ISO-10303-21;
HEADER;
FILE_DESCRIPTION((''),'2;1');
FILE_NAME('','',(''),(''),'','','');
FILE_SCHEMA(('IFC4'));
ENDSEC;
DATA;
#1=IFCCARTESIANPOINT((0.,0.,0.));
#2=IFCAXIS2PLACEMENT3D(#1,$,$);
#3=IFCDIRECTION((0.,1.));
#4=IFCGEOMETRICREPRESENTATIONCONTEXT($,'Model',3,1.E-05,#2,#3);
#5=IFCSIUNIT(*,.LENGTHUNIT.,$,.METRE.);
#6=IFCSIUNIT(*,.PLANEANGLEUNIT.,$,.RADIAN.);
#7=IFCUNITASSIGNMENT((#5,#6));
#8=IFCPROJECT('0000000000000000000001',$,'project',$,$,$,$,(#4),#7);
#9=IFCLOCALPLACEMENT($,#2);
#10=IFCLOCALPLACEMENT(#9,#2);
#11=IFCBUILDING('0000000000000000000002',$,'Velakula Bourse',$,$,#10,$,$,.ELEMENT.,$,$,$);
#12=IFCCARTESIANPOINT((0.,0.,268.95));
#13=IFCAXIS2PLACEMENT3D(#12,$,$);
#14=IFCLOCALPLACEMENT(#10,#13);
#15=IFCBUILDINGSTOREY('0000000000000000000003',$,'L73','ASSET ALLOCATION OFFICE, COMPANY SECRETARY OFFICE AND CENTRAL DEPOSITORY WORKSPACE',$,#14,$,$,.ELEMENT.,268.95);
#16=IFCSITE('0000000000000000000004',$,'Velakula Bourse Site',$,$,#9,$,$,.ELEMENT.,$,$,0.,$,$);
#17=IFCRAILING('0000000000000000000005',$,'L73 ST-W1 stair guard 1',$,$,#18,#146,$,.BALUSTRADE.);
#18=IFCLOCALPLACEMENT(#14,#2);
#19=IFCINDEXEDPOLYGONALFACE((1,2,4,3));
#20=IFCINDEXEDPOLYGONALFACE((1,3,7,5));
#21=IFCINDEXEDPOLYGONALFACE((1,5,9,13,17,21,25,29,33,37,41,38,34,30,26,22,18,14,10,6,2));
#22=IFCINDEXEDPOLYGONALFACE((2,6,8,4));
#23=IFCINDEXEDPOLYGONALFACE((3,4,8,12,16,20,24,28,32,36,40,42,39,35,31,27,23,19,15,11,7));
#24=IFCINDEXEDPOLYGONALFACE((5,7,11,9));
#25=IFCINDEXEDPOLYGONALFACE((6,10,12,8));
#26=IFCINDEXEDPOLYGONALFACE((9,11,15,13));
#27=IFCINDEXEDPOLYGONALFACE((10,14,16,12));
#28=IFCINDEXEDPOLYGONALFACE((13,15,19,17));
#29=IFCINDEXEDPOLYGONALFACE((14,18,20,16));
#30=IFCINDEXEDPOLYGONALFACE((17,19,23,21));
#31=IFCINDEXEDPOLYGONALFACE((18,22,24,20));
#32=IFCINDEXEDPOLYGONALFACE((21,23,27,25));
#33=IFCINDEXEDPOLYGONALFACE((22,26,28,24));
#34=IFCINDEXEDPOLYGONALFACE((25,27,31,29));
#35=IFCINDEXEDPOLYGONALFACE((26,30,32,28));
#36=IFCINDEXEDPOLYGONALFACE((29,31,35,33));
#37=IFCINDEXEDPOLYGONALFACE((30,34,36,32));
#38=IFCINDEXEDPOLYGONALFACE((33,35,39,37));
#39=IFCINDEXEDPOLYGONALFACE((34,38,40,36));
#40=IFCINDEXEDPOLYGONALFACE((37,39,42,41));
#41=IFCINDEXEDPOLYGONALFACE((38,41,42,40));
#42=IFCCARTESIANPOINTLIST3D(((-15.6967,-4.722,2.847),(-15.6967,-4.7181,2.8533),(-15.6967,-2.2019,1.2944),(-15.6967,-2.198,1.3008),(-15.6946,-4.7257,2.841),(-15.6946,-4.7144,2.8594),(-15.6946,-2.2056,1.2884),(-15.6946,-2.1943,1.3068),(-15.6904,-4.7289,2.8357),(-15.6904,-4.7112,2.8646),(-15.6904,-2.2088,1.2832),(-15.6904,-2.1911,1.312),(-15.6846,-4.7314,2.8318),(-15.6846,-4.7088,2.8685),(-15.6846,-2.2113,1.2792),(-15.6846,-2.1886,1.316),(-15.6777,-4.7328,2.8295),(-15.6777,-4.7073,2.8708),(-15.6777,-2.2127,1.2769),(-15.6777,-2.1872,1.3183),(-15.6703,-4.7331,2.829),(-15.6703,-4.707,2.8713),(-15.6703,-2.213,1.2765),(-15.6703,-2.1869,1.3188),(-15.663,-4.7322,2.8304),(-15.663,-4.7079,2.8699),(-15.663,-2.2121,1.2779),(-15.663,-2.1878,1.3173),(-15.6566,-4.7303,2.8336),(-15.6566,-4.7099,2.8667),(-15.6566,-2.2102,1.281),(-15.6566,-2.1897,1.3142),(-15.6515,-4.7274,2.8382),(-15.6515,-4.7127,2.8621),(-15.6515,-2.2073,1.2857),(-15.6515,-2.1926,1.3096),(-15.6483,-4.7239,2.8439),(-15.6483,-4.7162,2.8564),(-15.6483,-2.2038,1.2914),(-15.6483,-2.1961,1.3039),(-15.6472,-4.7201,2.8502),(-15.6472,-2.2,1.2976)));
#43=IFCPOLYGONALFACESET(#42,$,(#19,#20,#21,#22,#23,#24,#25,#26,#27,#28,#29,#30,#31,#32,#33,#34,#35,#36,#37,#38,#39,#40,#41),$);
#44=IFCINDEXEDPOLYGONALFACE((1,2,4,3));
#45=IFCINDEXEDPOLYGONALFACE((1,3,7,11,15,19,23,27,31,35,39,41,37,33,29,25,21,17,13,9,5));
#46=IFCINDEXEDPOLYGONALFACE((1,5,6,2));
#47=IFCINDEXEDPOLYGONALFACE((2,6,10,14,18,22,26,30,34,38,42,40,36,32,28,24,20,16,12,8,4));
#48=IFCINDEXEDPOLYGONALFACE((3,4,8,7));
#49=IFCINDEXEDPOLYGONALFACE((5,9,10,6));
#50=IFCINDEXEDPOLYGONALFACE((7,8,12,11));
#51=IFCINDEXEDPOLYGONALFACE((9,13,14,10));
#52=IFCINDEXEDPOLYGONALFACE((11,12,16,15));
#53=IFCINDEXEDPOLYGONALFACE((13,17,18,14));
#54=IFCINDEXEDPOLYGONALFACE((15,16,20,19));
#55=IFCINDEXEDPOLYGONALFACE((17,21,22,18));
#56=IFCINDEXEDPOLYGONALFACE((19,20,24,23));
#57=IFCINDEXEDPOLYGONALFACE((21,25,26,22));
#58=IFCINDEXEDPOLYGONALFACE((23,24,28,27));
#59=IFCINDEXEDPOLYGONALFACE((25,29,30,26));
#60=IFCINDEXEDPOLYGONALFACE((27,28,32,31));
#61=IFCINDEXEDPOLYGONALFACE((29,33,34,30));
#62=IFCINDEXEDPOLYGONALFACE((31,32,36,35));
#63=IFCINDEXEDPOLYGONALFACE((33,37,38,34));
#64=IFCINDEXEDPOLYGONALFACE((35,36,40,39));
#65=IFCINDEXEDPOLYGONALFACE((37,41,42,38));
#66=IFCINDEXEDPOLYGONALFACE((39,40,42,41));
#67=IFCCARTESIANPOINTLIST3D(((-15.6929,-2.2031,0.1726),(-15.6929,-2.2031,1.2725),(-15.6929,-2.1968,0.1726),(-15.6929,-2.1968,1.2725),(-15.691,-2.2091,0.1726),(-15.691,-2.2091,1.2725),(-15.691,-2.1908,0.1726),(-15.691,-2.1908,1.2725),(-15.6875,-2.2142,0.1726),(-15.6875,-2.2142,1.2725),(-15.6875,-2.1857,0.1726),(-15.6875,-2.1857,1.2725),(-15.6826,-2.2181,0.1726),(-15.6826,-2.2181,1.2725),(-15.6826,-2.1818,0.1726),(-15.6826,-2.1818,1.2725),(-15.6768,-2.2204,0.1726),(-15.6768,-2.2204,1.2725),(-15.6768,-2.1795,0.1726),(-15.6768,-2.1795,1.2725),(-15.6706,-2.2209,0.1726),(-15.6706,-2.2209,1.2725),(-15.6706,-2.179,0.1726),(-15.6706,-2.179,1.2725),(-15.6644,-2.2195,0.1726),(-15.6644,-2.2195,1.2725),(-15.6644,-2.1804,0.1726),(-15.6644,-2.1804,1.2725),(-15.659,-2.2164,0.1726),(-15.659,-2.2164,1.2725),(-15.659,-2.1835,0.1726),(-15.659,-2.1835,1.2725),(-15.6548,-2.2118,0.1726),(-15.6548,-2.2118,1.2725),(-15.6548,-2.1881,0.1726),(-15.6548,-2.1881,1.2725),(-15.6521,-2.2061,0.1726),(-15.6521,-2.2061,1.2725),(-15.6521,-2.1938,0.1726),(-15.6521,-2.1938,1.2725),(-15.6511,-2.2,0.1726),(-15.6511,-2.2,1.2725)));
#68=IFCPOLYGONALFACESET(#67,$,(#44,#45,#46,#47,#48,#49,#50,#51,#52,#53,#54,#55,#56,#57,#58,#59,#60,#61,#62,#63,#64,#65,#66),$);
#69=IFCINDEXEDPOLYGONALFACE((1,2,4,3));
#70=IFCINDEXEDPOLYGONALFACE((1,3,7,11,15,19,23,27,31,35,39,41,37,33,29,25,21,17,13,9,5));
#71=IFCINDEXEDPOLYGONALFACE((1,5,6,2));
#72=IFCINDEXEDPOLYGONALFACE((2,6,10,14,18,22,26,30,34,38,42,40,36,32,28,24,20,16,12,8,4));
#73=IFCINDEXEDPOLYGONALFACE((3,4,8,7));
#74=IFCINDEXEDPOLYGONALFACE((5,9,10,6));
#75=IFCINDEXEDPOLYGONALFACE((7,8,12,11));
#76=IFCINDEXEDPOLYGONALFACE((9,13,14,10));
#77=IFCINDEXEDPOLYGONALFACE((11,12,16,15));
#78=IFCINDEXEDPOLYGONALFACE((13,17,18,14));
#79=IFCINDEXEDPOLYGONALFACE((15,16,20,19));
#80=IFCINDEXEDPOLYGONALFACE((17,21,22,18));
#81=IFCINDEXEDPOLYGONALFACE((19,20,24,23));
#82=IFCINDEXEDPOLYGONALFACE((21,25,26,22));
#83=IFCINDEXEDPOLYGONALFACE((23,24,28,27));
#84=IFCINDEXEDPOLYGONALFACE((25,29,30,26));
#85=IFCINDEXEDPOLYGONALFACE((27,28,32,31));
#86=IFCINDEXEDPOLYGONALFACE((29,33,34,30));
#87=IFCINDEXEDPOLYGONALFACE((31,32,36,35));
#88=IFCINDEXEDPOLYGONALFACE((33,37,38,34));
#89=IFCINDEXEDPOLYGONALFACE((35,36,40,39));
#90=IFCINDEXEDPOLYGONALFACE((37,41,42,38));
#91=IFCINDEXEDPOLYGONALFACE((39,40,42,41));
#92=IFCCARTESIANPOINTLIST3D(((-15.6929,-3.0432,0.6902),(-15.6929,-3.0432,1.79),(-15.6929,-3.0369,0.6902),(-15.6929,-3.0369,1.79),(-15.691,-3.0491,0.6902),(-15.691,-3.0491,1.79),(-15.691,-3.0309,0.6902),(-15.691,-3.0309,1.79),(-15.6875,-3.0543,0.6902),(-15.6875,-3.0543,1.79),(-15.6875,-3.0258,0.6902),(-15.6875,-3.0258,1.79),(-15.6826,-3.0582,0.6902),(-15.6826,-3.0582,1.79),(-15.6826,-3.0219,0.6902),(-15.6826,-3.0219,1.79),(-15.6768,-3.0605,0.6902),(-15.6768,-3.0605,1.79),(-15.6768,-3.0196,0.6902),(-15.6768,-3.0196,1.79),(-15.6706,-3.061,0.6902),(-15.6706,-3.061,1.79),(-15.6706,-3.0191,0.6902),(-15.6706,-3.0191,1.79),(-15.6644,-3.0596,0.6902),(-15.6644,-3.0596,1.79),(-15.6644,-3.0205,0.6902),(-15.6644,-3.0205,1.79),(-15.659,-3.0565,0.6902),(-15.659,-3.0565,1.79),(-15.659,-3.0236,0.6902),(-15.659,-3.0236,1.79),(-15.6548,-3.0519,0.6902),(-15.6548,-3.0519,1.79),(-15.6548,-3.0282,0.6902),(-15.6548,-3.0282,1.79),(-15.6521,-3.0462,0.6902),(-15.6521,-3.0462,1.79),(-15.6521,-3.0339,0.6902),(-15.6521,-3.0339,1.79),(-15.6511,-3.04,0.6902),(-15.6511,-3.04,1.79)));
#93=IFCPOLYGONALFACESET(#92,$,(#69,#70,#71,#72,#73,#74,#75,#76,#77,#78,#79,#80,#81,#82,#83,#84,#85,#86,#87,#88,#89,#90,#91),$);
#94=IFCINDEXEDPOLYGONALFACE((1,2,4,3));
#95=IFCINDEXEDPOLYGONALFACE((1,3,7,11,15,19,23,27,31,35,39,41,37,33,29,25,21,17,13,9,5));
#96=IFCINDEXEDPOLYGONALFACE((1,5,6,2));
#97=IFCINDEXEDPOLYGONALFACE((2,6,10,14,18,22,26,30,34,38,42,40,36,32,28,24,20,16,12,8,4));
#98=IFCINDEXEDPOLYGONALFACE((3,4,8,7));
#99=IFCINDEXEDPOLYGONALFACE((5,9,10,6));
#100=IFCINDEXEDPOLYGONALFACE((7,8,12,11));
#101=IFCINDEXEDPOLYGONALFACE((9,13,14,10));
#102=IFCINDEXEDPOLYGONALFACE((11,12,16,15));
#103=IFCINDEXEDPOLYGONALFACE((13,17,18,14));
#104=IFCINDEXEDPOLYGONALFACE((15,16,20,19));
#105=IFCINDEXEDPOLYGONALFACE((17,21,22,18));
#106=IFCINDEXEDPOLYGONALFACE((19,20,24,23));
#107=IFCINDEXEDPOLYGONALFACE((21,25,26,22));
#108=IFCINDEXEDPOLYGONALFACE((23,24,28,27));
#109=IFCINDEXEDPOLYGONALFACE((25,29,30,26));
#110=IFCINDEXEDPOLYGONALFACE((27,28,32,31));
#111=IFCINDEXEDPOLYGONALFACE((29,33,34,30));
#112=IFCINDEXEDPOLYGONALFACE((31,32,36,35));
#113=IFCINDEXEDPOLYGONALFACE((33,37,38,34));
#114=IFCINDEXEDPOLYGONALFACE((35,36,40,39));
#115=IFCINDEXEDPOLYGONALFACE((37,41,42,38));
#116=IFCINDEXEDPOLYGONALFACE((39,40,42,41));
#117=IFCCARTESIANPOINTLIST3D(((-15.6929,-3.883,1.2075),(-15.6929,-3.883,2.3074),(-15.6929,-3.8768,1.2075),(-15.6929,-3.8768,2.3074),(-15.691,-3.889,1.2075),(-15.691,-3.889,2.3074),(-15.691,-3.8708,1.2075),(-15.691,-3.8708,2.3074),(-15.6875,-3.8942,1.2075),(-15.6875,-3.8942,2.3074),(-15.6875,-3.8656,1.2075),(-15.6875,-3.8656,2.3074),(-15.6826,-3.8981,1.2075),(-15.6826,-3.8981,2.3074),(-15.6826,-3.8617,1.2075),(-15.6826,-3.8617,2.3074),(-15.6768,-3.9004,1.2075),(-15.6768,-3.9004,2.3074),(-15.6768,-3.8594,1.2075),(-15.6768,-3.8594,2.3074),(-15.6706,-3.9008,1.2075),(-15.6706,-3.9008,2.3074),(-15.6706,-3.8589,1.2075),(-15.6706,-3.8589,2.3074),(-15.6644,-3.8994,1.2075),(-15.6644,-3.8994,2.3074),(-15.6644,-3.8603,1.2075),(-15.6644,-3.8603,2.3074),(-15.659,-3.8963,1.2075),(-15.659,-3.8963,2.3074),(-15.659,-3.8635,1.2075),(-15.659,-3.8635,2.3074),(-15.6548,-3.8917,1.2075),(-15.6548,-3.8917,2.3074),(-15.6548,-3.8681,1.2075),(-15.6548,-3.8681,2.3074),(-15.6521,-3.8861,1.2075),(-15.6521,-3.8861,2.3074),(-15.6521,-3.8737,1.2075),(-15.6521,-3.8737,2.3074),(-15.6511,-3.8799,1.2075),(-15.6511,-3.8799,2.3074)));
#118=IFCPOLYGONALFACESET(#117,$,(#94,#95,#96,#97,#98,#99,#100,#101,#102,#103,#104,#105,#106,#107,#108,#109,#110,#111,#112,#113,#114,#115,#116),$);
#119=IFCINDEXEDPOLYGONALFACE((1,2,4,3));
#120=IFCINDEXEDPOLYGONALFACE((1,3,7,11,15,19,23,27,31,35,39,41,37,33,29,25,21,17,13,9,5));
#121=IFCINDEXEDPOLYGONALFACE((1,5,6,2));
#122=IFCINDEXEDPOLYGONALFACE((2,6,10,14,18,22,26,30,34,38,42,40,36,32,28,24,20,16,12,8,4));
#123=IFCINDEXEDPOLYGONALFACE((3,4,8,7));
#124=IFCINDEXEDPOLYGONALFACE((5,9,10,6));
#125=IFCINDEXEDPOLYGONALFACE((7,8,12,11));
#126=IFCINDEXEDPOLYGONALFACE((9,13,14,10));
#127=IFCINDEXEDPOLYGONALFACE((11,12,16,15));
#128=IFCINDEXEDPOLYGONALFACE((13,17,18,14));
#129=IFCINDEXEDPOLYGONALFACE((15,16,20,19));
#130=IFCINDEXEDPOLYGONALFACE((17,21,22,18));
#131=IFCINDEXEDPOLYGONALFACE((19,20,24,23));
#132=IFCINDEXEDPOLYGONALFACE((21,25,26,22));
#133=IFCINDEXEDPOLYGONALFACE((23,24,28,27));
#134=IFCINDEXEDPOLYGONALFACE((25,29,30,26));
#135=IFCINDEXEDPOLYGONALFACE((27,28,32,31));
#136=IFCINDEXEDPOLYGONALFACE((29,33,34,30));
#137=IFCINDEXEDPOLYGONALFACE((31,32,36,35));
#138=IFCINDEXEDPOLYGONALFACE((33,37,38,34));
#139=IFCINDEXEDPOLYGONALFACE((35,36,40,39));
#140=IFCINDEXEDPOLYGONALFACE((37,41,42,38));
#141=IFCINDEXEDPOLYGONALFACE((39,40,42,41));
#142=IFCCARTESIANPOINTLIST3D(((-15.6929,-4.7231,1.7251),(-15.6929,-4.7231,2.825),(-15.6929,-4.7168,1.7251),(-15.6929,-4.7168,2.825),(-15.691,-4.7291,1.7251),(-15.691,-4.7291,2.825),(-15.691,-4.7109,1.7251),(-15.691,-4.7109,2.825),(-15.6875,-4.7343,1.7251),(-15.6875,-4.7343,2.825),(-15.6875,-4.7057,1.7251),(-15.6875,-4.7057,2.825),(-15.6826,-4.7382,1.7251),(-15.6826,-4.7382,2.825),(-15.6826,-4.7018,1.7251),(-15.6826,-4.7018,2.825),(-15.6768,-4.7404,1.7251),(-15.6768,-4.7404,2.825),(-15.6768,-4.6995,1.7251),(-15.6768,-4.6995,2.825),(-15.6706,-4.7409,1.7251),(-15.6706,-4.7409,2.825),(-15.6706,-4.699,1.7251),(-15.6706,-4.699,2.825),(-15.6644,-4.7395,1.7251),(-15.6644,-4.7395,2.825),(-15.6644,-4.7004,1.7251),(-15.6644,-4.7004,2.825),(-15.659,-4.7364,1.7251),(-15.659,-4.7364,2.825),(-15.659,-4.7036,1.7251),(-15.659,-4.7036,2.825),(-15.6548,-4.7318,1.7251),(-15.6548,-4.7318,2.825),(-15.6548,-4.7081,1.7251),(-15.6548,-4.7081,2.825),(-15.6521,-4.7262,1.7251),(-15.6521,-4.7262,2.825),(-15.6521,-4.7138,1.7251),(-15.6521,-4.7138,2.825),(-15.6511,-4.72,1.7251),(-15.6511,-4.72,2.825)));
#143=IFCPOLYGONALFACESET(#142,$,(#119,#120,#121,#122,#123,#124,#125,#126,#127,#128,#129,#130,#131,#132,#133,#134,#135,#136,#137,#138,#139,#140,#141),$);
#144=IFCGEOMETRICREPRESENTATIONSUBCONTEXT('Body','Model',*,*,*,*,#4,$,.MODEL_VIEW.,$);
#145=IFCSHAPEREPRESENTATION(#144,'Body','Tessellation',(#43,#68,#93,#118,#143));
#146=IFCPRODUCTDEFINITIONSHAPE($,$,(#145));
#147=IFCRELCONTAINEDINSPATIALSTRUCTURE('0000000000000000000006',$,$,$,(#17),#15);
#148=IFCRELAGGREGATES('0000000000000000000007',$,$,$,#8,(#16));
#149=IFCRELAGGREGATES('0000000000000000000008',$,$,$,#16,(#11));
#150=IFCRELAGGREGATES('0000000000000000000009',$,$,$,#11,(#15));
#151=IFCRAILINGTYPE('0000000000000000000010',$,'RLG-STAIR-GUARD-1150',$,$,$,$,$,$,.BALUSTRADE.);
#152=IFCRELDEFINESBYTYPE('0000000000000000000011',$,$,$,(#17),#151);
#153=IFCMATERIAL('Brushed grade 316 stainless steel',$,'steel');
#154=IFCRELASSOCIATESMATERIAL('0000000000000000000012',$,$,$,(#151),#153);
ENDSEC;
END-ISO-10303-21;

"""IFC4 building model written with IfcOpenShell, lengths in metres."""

from ifc_helpers import new_model, si_unit, direction, frame, origin, origin_2d, place, context, subcontext, project, spatial, circle, extrude, material, type_object, element, save


model = new_model("IFC4")

# Units and contexts
model_context = context("Model", 3, precision=1e-05, world=origin(), true_north=direction((0.0, 1.0)))
body_context = subcontext(model_context, "Body", "Model", "MODEL_VIEW")
ifc_project = project(units=[si_unit("LENGTHUNIT", "METRE"), si_unit("PLANEANGLEUNIT", "RADIAN")], contexts=[model_context])

# Site, building, storey
site_placement = place(None, origin())
site = spatial("IfcSite", under=ifc_project, at=site_placement, Name="Velakula Bourse Site", CompositionType="ELEMENT", RefElevation=0.0)
building_placement = place(site_placement, origin())
building = spatial("IfcBuilding", under=site, at=building_placement, Name="Velakula Bourse", CompositionType="ELEMENT")
storey_placement = place(building_placement, frame((0.0, 0.0, 268.95)))
storey = spatial("IfcBuildingStorey", under=building, at=storey_placement, Name="L73", Description="ASSET ALLOCATION OFFICE, COMPANY SECRETARY OFFICE AND CENTRAL DEPOSITORY WORKSPACE", CompositionType="ELEMENT", Elevation=268.95)

# Shared definitions
ifc_material_1 = material(Name="Brushed grade 316 stainless steel", Category="steel")

# Railing
railing_type = type_object("IfcRailingType", Name="RLG-STAIR-GUARD-1150", PredefinedType="BALUSTRADE", material=ifc_material_1)
railing_1_placement = place(storey_placement, frame((-15.6721, -2.2, 0.1726)))
element("IfcRailing", 1, at=railing_1_placement, inside=storey, type_object=railing_type, Name="L73 ST-W1 stair guard 1", PredefinedType="BALUSTRADE", context=body_context, shape_type="SweptSolid", body=[
    extrude(circle(Radius=0.0249, at=origin_2d()), frame((0.0, 0.0, 1.125), z_axis=(0.0, -0.8514, 0.524516), x_axis=(1.0, 0.0, 0.0)), (0.0, 0.0, 1.0), 2.96),
    extrude(circle(Radius=0.021, at=origin_2d()), origin(), (0.0, 0.0, 1.0), 1.0999),
    extrude(circle(Radius=0.021, at=origin_2d()), frame((0.0, -0.8401, 0.5176)), (0.0, 0.0, 1.0), 1.0999),
    extrude(circle(Radius=0.021, at=origin_2d()), frame((0.0, -1.6799, 1.0349)), (0.0, 0.0, 1.0), 1.0999),
    extrude(circle(Radius=0.021, at=origin_2d()), frame((0.0, -2.52, 1.5525)), (0.0, 0.0, 1.0), 1.0999),
])

save(model, "model.ifc")
